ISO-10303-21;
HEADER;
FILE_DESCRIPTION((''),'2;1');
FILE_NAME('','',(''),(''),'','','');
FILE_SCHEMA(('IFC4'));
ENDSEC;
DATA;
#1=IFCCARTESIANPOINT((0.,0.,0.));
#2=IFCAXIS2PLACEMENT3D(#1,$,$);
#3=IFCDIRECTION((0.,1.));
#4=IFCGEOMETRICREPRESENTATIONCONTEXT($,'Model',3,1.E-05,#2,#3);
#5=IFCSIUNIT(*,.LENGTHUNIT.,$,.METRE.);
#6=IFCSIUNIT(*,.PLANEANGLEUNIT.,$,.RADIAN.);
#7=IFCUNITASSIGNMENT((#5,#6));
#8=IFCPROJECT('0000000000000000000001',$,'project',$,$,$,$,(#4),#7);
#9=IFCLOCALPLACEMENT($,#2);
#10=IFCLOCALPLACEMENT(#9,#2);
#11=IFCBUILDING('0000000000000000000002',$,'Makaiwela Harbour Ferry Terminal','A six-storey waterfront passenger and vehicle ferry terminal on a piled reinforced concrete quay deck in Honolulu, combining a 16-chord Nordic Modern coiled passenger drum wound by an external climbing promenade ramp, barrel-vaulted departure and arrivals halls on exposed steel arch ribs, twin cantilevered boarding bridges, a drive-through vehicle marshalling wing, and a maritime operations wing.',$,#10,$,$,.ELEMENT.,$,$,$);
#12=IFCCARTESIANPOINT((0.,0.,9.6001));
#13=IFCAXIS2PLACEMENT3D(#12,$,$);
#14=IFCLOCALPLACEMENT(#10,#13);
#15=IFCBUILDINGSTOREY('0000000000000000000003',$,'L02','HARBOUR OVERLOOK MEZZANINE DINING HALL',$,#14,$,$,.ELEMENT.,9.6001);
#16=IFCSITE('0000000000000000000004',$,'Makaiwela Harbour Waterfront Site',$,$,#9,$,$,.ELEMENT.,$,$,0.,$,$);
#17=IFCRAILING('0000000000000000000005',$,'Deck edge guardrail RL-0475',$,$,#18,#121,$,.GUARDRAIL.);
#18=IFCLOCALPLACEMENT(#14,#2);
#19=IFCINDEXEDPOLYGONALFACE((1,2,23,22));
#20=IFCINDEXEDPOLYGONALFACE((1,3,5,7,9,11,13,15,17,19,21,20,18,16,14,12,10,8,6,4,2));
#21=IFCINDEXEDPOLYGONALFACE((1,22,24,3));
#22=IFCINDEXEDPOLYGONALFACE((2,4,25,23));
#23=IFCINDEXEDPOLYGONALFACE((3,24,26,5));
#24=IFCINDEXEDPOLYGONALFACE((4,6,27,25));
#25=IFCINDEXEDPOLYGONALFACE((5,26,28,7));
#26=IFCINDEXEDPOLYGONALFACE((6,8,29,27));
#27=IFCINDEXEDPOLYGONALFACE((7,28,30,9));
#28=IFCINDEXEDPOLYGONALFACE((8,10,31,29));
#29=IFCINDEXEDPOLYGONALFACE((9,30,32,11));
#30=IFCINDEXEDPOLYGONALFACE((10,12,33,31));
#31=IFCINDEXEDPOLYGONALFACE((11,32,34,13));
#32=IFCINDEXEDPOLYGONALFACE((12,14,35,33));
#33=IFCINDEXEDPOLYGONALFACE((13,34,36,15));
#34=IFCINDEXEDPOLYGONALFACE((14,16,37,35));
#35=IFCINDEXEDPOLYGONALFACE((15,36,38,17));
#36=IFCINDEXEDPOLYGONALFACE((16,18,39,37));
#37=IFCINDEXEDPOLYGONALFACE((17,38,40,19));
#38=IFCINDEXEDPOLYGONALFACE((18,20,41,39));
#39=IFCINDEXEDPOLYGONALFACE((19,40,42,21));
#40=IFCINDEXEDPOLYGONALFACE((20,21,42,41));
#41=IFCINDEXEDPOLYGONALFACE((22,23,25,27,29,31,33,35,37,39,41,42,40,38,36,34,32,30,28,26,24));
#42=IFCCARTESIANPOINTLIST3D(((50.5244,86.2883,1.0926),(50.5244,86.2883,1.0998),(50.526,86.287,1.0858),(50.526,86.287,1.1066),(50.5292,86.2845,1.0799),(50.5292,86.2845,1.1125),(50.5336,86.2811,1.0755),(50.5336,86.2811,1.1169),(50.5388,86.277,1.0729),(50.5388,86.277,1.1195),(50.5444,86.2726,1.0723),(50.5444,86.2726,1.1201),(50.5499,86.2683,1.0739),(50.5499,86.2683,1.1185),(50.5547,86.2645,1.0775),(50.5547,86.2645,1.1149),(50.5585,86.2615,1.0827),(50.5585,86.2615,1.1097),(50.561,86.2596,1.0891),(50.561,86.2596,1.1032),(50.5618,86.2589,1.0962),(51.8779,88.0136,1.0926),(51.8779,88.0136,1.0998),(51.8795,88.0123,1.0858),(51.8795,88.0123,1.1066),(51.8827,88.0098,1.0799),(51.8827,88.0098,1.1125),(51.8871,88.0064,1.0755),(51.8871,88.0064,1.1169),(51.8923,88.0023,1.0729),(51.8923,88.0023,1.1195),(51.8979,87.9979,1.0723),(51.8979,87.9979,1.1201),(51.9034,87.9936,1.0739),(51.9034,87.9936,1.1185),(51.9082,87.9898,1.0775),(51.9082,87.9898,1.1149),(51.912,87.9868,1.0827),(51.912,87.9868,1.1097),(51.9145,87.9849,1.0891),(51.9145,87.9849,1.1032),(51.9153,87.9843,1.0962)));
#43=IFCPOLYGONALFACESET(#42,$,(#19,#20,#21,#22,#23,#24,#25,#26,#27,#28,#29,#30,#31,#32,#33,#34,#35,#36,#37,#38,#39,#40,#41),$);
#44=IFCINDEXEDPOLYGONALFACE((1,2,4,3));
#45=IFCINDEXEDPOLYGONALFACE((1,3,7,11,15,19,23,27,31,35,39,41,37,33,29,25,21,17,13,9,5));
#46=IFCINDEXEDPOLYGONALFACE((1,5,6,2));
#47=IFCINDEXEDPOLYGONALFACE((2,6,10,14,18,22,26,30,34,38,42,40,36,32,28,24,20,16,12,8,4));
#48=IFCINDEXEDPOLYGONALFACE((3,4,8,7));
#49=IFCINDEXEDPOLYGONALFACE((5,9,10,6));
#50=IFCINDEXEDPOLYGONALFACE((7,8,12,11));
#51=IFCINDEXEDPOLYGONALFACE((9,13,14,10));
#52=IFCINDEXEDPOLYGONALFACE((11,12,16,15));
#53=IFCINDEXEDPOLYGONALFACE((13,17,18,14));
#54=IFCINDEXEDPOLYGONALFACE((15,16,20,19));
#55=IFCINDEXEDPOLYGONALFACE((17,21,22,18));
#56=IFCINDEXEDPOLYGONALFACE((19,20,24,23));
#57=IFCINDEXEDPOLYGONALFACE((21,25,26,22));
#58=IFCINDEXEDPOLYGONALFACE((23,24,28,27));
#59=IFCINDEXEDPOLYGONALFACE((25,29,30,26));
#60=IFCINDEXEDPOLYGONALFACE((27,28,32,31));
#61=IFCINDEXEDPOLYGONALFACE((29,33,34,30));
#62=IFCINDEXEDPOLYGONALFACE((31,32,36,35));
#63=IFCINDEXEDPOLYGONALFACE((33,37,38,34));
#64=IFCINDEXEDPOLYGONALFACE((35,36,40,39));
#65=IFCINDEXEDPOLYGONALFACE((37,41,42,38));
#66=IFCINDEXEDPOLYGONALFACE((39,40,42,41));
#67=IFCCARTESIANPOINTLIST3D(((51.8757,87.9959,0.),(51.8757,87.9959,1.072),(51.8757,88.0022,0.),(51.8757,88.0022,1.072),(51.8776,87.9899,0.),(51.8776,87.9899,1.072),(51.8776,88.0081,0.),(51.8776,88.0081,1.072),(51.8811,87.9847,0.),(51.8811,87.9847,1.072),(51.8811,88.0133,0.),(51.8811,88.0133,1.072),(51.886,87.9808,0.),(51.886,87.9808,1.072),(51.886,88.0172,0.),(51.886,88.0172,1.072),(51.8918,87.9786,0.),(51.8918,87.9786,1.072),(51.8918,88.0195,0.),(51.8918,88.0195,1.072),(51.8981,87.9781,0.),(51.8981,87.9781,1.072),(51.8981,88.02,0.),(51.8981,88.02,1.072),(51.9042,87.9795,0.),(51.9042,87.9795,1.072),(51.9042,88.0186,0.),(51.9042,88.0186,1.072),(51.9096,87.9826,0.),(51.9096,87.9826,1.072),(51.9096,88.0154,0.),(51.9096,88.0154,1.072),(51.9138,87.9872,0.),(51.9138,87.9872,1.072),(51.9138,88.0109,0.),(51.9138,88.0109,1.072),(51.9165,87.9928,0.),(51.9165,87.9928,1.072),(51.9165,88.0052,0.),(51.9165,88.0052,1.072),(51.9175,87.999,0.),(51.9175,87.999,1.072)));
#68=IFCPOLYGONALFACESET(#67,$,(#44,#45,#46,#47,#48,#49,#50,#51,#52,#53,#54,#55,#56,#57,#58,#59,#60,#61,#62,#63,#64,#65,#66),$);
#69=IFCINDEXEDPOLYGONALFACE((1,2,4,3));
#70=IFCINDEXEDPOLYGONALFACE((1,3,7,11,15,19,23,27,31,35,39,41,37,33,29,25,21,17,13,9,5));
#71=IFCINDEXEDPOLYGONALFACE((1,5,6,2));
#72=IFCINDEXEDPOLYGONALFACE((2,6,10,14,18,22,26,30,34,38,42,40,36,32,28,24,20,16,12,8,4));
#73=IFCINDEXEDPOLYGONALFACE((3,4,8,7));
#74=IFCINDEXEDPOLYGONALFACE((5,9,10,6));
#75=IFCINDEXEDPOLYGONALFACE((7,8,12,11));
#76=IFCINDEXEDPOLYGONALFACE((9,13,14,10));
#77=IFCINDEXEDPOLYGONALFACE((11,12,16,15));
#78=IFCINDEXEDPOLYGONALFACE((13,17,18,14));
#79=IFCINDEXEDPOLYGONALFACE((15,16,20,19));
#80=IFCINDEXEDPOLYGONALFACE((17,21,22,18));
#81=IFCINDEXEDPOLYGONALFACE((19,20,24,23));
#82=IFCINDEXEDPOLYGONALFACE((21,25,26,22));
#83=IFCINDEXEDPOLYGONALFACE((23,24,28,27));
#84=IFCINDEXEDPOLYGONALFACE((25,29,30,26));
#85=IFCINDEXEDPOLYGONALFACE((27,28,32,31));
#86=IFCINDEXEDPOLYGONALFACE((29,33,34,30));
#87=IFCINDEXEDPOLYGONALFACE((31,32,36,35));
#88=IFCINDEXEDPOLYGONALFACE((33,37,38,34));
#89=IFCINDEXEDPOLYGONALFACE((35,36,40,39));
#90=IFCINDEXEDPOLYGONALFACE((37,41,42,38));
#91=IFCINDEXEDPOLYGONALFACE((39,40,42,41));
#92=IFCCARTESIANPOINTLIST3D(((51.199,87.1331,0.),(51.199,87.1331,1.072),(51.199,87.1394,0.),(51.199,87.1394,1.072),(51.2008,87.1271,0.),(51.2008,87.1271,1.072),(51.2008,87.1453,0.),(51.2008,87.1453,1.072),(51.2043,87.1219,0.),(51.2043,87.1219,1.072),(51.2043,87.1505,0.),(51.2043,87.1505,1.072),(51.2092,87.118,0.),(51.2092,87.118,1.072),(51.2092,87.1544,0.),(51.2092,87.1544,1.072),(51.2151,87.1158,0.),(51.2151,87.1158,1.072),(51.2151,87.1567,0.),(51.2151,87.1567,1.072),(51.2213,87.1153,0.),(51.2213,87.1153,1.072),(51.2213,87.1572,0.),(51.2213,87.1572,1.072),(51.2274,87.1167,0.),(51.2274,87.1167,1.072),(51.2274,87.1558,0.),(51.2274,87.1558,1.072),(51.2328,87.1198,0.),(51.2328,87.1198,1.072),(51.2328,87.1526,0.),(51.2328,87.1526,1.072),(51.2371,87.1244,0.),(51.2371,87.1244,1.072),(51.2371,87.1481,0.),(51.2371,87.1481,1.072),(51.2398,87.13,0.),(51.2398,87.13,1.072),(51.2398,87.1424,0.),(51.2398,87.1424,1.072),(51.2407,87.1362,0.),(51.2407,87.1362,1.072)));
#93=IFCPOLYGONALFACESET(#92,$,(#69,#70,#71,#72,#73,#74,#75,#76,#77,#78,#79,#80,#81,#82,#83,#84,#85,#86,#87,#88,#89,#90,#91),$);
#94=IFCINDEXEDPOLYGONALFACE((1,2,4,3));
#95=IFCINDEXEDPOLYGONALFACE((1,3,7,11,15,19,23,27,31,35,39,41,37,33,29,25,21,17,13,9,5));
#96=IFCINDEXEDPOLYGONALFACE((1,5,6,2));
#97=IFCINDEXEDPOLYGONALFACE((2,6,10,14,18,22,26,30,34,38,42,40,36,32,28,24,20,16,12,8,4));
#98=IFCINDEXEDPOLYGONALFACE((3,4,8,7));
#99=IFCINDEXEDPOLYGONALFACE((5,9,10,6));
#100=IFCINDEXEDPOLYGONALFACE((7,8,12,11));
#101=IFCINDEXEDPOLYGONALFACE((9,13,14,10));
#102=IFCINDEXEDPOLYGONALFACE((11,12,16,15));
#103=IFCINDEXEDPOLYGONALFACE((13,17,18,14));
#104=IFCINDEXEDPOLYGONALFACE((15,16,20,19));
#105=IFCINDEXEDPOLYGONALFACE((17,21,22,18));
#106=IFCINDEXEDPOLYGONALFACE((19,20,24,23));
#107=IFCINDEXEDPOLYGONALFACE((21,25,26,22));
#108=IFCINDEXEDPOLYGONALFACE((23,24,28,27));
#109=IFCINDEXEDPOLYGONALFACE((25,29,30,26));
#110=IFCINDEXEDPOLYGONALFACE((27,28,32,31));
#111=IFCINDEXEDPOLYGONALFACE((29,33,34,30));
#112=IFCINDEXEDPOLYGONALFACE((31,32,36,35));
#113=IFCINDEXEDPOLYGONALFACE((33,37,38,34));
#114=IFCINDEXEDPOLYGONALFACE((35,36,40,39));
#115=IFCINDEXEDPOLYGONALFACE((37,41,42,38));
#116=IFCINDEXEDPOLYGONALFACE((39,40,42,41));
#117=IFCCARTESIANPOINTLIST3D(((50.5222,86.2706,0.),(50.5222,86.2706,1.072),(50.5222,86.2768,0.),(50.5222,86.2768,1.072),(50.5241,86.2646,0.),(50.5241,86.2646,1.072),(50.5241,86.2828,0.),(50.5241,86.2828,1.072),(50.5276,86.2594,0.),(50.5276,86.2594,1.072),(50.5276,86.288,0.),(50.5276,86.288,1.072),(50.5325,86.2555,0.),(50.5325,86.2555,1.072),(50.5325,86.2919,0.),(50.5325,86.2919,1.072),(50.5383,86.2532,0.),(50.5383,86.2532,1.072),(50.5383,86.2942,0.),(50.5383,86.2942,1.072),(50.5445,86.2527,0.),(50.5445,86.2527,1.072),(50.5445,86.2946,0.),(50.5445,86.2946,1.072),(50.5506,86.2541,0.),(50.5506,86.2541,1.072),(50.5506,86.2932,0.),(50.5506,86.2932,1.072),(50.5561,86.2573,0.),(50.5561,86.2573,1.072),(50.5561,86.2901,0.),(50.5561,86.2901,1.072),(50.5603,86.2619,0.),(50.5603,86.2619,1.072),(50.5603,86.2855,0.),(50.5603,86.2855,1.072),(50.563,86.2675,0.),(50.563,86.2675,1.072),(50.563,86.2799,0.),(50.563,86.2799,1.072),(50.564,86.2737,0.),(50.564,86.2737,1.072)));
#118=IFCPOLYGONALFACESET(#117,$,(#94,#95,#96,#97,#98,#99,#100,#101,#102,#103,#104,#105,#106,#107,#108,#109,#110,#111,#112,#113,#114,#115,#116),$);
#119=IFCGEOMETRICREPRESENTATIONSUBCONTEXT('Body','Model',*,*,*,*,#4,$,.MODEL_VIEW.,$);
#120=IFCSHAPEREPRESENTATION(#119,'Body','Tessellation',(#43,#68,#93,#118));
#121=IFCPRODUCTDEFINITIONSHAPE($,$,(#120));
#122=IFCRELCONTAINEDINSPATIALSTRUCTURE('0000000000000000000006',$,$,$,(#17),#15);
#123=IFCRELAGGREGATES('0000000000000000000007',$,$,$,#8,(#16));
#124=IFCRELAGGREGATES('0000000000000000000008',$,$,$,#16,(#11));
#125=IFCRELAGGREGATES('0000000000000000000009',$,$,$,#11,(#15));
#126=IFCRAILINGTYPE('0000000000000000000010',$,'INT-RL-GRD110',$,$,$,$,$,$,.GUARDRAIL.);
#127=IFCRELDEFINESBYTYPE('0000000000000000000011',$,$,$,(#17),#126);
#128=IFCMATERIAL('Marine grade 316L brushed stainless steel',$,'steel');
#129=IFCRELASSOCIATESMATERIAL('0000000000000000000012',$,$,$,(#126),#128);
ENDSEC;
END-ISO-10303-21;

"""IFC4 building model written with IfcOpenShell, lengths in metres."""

from ifc_helpers import new_model, si_unit, direction, frame, origin, origin_2d, place, context, subcontext, project, spatial, circle, extrude, material, type_object, element, save


model = new_model("IFC4")

# Units and contexts
model_context = context("Model", 3, precision=1e-05, world=origin(), true_north=direction((0.0, 1.0)))
body_context = subcontext(model_context, "Body", "Model", "MODEL_VIEW")
ifc_project = project(units=[si_unit("LENGTHUNIT", "METRE"), si_unit("PLANEANGLEUNIT", "RADIAN")], contexts=[model_context])

# Site, building, storey
site_placement = place(None, origin())
site = spatial("IfcSite", under=ifc_project, at=site_placement, Name="Makaiwela Harbour Waterfront Site", CompositionType="ELEMENT", RefElevation=0.0)
building_placement = place(site_placement, origin())
building = spatial("IfcBuilding", under=site, at=building_placement, Name="Makaiwela Harbour Ferry Terminal", Description="A six-storey waterfront passenger and vehicle ferry terminal on a piled reinforced concrete quay deck in Honolulu, combining a 16-chord Nordic Modern coiled passenger drum wound by an external climbing promenade ramp, barrel-vaulted departure and arrivals halls on exposed steel arch ribs, twin cantilevered boarding bridges, a drive-through vehicle marshalling wing, and a maritime operations wing.", CompositionType="ELEMENT")
storey_placement = place(building_placement, frame((0.0, 0.0, 9.6001)))
storey = spatial("IfcBuildingStorey", under=building, at=storey_placement, Name="L02", Description="HARBOUR OVERLOOK MEZZANINE DINING HALL", CompositionType="ELEMENT", Elevation=9.6001)

# Railing
ifc_material_1 = material(Name="Marine grade 316L brushed stainless steel", Category="steel")
railing_type = type_object("IfcRailingType", Name="INT-RL-GRD110", PredefinedType="GUARDRAIL", material=ifc_material_1)
railing_1_placement = place(storey_placement, frame((51.8965, 87.999, 0.0)))
element("IfcRailing", 1, at=railing_1_placement, inside=storey, type_object=railing_type, Name="Deck edge guardrail RL-0475", PredefinedType="GUARDRAIL", context=body_context, shape_type="SweptSolid", body=[
    extrude(circle(Radius=0.0239, at=origin_2d()), frame((0.0, 0.0, 1.0962), z_axis=(-0.617226, -0.786786, 0.0), x_axis=(0.786786, -0.617226, 0.0)), (0.0, 0.0, 1.0), 2.1929),
    extrude(circle(Radius=0.021, at=origin_2d()), origin(), (0.0, 0.0, 1.0), 1.072),
    extrude(circle(Radius=0.021, at=origin_2d()), frame((-0.6768, -0.8628, 0.0)), (0.0, 0.0, 1.0), 1.072),
    extrude(circle(Radius=0.021, at=origin_2d()), frame((-1.3535, -1.7253, 0.0)), (0.0, 0.0, 1.0), 1.072),
])

save(model, "model.ifc")
